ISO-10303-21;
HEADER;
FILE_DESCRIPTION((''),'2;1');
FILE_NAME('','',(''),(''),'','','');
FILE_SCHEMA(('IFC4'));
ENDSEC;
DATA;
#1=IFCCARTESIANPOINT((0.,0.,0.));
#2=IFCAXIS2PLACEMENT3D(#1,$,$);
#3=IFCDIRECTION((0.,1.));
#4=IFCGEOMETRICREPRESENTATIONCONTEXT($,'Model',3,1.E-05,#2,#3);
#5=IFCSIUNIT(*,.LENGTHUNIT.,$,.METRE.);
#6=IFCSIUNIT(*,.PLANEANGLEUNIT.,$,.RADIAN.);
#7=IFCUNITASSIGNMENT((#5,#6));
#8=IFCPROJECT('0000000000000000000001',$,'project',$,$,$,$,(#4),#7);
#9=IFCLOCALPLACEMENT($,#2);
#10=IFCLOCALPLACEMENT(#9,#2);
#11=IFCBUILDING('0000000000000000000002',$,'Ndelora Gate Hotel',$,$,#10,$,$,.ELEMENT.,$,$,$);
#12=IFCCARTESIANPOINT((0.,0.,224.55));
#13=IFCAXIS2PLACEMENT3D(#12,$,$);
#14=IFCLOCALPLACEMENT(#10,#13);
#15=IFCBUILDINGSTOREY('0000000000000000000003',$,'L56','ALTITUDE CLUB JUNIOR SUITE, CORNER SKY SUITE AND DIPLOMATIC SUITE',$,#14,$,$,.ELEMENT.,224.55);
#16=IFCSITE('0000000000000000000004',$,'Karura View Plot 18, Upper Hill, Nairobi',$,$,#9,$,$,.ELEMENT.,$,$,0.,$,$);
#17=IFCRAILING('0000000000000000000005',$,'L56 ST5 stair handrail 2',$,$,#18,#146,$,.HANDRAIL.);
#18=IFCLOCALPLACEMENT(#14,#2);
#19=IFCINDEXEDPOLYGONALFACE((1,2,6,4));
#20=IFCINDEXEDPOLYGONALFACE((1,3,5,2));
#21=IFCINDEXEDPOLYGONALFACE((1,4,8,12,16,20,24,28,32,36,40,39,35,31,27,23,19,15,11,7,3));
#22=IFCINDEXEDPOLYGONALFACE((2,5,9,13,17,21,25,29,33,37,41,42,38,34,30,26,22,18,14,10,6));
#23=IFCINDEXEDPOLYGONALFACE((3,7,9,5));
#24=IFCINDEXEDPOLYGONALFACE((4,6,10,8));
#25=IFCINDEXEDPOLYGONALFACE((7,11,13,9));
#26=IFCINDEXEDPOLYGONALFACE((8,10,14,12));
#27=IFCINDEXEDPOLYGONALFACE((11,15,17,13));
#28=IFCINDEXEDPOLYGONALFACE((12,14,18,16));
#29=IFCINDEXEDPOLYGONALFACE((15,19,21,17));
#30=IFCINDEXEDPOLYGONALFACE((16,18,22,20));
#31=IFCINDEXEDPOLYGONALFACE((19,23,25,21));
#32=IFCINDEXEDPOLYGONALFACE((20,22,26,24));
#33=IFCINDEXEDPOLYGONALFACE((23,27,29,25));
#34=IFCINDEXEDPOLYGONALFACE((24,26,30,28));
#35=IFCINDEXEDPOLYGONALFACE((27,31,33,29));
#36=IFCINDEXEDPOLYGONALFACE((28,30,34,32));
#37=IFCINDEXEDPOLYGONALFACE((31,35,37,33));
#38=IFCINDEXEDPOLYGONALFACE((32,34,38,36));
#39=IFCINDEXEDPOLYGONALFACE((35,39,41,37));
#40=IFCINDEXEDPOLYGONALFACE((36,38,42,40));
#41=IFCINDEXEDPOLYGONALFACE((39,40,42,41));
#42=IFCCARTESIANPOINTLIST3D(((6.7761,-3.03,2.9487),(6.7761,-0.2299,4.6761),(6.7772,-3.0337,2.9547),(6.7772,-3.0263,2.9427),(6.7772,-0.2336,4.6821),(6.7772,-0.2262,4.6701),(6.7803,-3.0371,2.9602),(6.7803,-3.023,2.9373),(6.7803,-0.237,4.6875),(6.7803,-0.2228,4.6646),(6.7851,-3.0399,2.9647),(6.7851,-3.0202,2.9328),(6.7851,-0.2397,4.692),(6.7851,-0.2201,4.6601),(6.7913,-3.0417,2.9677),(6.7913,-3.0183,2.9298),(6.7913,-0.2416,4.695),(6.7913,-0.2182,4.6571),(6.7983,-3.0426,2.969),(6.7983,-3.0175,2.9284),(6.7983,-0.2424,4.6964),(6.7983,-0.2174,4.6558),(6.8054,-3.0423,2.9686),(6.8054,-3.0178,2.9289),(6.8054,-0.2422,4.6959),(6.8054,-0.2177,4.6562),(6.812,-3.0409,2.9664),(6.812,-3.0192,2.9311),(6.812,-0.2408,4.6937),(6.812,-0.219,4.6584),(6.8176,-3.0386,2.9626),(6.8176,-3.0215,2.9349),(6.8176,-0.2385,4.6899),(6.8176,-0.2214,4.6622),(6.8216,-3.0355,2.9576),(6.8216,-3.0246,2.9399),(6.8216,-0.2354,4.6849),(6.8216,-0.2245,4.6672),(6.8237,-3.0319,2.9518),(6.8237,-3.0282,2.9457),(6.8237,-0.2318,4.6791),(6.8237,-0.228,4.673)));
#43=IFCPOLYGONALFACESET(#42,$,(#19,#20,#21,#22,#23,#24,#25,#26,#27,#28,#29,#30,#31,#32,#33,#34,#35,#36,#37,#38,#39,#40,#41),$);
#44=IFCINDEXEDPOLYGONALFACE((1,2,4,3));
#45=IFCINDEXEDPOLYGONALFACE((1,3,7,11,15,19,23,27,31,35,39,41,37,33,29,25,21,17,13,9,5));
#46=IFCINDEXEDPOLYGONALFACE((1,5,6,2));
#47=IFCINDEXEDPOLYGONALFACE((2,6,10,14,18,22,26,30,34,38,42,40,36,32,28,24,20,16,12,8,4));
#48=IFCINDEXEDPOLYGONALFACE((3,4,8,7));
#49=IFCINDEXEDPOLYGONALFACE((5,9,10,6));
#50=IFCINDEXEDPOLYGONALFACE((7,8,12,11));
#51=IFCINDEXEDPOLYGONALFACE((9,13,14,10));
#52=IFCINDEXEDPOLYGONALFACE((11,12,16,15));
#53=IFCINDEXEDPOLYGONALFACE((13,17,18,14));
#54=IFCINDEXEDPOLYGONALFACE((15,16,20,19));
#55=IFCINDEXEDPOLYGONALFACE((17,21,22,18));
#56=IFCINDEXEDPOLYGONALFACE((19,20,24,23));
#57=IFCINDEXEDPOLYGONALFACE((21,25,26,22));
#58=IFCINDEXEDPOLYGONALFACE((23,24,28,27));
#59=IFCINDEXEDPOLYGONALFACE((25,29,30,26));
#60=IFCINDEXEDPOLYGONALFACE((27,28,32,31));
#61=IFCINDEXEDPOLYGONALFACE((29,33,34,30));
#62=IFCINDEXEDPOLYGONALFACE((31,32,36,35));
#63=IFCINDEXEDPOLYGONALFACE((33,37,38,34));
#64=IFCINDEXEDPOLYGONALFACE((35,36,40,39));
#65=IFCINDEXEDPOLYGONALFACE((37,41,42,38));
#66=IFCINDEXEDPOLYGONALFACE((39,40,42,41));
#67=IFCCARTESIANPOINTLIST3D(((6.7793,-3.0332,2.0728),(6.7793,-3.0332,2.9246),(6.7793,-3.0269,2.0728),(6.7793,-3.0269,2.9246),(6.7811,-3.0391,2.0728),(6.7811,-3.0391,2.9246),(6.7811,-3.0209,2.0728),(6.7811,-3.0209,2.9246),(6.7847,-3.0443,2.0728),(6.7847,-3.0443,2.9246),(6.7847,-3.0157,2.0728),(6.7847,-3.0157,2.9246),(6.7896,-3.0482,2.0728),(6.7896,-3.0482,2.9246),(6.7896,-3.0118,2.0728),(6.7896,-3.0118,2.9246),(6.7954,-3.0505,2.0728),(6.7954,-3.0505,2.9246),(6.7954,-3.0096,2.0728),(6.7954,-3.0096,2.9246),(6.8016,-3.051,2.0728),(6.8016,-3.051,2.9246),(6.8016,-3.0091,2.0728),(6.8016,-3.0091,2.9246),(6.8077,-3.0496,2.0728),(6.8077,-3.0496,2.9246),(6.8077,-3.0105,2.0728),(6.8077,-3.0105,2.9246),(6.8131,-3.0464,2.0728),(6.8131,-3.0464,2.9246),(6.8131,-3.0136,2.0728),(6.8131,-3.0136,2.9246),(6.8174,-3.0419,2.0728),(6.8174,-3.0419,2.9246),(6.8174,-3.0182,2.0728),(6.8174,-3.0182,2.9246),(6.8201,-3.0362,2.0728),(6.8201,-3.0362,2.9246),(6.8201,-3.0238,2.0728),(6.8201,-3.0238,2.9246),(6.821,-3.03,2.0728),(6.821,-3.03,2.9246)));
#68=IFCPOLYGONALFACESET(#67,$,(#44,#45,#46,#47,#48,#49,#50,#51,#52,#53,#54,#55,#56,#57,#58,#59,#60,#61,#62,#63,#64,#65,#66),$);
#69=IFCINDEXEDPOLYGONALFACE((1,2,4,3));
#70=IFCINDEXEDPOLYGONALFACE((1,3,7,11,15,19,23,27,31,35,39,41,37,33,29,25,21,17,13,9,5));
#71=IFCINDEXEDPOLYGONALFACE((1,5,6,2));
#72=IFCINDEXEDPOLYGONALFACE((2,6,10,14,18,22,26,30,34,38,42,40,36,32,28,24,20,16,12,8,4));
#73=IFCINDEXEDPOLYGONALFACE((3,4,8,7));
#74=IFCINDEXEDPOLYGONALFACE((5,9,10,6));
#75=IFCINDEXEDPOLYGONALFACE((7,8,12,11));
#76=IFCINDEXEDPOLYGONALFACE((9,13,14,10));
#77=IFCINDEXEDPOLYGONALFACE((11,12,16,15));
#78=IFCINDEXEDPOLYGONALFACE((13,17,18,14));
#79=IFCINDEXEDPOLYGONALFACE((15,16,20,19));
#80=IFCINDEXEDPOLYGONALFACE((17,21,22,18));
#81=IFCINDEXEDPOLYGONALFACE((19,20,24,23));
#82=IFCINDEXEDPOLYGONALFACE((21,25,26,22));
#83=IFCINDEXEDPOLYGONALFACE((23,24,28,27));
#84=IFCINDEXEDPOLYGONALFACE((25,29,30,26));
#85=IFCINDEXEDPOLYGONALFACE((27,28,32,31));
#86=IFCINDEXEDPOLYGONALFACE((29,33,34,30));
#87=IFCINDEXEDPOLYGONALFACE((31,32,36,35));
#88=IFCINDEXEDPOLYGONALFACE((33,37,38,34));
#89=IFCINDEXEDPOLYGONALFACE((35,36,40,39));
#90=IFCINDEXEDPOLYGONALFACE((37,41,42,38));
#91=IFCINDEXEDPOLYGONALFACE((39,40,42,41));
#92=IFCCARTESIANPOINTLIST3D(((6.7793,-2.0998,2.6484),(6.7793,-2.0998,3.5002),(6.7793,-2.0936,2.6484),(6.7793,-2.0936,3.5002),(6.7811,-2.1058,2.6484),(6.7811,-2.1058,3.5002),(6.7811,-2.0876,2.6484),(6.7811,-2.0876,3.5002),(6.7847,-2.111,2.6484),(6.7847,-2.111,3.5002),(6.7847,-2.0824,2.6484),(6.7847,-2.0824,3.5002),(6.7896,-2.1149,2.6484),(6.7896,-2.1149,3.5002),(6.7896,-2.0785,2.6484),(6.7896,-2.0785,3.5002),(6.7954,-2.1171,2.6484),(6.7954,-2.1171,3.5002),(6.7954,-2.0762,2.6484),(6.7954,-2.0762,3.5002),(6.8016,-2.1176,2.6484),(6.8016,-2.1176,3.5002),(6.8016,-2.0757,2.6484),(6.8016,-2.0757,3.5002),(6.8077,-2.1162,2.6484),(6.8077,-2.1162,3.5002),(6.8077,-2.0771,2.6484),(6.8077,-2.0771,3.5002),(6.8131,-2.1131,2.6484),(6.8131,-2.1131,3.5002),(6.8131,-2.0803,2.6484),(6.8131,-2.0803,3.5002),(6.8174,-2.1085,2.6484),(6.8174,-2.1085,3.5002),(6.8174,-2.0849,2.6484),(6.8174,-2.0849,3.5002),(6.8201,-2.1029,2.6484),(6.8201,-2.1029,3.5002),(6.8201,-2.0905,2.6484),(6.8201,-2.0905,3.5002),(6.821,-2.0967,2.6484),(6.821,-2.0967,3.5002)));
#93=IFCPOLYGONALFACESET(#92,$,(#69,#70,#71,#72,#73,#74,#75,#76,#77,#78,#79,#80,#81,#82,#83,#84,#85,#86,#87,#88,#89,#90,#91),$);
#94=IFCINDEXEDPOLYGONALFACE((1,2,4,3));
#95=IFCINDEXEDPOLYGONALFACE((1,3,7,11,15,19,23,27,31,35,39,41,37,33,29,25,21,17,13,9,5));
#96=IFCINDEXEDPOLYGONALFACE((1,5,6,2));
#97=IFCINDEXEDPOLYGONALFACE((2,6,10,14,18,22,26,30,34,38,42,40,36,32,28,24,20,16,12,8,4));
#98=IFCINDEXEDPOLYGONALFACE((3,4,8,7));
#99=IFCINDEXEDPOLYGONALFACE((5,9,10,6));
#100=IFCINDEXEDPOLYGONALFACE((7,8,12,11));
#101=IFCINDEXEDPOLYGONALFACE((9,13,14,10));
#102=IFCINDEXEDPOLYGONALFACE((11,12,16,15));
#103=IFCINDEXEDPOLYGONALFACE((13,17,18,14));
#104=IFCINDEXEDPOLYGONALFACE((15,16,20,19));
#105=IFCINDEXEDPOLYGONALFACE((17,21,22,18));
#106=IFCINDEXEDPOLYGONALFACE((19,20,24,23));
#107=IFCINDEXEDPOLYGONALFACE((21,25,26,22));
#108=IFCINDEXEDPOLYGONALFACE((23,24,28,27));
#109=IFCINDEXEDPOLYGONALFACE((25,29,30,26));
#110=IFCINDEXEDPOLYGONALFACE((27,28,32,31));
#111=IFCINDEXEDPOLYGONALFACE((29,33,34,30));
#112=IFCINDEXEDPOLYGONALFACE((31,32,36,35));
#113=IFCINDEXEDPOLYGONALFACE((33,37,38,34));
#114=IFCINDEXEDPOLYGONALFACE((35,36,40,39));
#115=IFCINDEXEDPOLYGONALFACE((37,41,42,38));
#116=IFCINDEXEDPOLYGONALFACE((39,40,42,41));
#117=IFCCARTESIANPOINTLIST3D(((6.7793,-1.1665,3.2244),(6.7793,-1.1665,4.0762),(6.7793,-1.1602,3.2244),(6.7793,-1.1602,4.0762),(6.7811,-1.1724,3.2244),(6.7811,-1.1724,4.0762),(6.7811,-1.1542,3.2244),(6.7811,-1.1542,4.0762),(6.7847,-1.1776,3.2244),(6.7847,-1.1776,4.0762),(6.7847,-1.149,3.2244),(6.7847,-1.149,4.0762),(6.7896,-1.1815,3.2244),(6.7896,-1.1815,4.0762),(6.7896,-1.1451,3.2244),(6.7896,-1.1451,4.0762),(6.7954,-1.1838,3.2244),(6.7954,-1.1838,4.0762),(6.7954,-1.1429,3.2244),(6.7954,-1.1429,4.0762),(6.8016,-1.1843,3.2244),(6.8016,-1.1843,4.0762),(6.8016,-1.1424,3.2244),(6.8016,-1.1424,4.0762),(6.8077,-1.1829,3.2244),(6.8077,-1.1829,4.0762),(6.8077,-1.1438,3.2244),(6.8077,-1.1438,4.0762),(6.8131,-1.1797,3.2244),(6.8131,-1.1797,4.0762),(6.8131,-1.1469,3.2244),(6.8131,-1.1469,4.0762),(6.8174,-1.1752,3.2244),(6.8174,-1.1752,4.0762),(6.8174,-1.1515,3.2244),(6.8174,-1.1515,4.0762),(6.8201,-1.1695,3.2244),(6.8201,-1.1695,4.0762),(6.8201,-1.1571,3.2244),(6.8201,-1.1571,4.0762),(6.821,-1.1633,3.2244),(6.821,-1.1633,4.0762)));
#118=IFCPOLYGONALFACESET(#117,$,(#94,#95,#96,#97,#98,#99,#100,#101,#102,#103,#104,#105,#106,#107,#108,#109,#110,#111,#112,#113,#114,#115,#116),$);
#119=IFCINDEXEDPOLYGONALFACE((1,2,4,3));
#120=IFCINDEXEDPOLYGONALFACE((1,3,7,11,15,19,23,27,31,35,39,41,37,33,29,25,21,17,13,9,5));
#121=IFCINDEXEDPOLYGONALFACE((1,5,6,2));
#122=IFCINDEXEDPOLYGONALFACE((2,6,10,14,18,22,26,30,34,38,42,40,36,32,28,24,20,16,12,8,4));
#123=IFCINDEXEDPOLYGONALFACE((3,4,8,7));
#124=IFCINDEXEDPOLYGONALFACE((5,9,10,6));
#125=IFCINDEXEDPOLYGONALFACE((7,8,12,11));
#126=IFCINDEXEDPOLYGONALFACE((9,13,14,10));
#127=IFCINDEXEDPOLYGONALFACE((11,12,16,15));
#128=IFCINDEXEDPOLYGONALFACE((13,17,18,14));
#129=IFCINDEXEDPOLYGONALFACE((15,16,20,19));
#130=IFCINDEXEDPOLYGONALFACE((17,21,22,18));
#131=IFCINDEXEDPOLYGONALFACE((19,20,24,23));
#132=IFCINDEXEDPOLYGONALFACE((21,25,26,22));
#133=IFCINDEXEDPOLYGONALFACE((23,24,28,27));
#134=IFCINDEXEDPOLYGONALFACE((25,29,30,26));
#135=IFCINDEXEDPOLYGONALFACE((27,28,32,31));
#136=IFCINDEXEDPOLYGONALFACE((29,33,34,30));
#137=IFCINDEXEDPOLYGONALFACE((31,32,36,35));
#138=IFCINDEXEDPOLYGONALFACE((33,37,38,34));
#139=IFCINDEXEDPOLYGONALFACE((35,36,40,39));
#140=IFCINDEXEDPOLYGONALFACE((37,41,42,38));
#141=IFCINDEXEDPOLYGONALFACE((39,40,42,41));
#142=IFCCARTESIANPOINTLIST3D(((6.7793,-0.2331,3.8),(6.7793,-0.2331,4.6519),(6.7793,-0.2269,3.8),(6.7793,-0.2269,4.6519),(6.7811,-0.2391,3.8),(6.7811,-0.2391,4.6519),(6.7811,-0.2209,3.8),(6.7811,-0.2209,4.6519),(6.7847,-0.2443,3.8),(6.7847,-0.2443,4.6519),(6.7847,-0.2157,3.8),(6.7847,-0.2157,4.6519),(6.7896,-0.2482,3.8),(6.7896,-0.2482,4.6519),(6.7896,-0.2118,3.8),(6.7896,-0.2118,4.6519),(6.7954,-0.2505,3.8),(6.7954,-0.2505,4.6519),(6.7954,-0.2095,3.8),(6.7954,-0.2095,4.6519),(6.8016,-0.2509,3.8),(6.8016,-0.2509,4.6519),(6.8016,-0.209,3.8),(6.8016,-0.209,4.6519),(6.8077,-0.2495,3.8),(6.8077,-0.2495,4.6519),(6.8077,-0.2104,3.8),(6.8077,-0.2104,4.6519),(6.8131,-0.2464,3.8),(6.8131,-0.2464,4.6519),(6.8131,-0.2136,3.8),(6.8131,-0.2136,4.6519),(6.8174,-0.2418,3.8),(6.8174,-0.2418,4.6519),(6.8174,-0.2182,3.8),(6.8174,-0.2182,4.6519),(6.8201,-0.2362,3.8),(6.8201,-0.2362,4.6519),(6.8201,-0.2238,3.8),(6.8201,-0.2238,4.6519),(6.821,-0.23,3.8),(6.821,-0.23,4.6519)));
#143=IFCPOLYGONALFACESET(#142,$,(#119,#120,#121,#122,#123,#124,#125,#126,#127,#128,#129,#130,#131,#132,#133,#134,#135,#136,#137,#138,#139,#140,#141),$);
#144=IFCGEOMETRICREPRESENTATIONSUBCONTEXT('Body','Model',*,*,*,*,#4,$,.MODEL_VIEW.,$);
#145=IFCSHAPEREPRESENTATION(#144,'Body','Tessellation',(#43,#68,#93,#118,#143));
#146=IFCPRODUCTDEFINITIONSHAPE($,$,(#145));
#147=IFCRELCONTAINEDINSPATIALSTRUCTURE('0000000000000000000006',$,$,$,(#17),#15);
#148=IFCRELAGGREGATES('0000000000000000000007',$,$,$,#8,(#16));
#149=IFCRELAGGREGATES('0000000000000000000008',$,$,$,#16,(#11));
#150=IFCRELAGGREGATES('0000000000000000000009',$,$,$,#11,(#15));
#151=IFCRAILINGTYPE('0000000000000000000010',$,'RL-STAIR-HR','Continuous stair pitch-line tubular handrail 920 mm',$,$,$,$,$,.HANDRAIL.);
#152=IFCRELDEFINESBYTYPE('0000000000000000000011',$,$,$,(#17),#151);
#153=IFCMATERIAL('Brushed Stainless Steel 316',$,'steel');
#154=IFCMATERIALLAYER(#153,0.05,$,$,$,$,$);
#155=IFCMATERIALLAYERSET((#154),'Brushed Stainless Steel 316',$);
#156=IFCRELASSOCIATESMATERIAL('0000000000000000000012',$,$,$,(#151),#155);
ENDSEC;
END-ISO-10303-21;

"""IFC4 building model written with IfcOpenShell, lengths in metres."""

from ifc_helpers import new_model, si_unit, direction, frame, origin, origin_2d, place, context, subcontext, project, spatial, circle, extrude, material, layer, layer_set, type_object, element, save


model = new_model("IFC4")

# Units and contexts
model_context = context("Model", 3, precision=1e-05, world=origin(), true_north=direction((0.0, 1.0)))
body_context = subcontext(model_context, "Body", "Model", "MODEL_VIEW")
ifc_project = project(units=[si_unit("LENGTHUNIT", "METRE"), si_unit("PLANEANGLEUNIT", "RADIAN")], contexts=[model_context])

# Site, building, storey
site_placement = place(None, origin())
site = spatial("IfcSite", under=ifc_project, at=site_placement, Name="Karura View Plot 18, Upper Hill, Nairobi", CompositionType="ELEMENT", RefElevation=0.0)
building_placement = place(site_placement, origin())
building = spatial("IfcBuilding", under=site, at=building_placement, Name="Ndelora Gate Hotel", CompositionType="ELEMENT")
storey_placement = place(building_placement, frame((0.0, 0.0, 224.55)))
storey = spatial("IfcBuildingStorey", under=building, at=storey_placement, Name="L56", Description="ALTITUDE CLUB JUNIOR SUITE, CORNER SKY SUITE AND DIPLOMATIC SUITE", CompositionType="ELEMENT", Elevation=224.55)

# Railing
ifc_material_1 = material(Name="Brushed Stainless Steel 316", Category="steel")
ifc_layer_1 = layer(ifc_material_1, 0.05)
ifc_layer_set_1 = layer_set([ifc_layer_1], Name="Brushed Stainless Steel 316")
railing_type_1 = type_object("IfcRailingType", Name="RL-STAIR-HR", Description="Continuous stair pitch-line tubular handrail 920 mm", PredefinedType="HANDRAIL", material=ifc_layer_set_1)
railing_1_placement = place(storey_placement, frame((6.8, -3.03, 2.0728)))
element("IfcRailing", 1, at=railing_1_placement, inside=storey, type_object=railing_type_1, Name="L56 ST5 stair handrail 2", PredefinedType="HANDRAIL", context=body_context, shape_type="SweptSolid", body=[
    extrude(circle(Radius=0.0239, at=origin_2d()), frame((0.0, 0.0, 0.876), z_axis=(0.0, 0.85109, 0.52502), x_axis=(-1.0, 0.0, 0.0)), (0.0, 0.0, 1.0), 3.29),
    extrude(circle(Radius=0.021, at=origin_2d()), origin(), (0.0, 0.0, 1.0), 0.8518),
    extrude(circle(Radius=0.021, at=origin_2d()), frame((0.0, 0.9333, 0.5757)), (0.0, 0.0, 1.0), 0.8518),
    extrude(circle(Radius=0.021, at=origin_2d()), frame((0.0, 1.8667, 1.1516)), (0.0, 0.0, 1.0), 0.8518),
    extrude(circle(Radius=0.021, at=origin_2d()), frame((0.0, 2.8, 1.7273)), (0.0, 0.0, 1.0), 0.8518),
])

save(model, "model.ifc")
